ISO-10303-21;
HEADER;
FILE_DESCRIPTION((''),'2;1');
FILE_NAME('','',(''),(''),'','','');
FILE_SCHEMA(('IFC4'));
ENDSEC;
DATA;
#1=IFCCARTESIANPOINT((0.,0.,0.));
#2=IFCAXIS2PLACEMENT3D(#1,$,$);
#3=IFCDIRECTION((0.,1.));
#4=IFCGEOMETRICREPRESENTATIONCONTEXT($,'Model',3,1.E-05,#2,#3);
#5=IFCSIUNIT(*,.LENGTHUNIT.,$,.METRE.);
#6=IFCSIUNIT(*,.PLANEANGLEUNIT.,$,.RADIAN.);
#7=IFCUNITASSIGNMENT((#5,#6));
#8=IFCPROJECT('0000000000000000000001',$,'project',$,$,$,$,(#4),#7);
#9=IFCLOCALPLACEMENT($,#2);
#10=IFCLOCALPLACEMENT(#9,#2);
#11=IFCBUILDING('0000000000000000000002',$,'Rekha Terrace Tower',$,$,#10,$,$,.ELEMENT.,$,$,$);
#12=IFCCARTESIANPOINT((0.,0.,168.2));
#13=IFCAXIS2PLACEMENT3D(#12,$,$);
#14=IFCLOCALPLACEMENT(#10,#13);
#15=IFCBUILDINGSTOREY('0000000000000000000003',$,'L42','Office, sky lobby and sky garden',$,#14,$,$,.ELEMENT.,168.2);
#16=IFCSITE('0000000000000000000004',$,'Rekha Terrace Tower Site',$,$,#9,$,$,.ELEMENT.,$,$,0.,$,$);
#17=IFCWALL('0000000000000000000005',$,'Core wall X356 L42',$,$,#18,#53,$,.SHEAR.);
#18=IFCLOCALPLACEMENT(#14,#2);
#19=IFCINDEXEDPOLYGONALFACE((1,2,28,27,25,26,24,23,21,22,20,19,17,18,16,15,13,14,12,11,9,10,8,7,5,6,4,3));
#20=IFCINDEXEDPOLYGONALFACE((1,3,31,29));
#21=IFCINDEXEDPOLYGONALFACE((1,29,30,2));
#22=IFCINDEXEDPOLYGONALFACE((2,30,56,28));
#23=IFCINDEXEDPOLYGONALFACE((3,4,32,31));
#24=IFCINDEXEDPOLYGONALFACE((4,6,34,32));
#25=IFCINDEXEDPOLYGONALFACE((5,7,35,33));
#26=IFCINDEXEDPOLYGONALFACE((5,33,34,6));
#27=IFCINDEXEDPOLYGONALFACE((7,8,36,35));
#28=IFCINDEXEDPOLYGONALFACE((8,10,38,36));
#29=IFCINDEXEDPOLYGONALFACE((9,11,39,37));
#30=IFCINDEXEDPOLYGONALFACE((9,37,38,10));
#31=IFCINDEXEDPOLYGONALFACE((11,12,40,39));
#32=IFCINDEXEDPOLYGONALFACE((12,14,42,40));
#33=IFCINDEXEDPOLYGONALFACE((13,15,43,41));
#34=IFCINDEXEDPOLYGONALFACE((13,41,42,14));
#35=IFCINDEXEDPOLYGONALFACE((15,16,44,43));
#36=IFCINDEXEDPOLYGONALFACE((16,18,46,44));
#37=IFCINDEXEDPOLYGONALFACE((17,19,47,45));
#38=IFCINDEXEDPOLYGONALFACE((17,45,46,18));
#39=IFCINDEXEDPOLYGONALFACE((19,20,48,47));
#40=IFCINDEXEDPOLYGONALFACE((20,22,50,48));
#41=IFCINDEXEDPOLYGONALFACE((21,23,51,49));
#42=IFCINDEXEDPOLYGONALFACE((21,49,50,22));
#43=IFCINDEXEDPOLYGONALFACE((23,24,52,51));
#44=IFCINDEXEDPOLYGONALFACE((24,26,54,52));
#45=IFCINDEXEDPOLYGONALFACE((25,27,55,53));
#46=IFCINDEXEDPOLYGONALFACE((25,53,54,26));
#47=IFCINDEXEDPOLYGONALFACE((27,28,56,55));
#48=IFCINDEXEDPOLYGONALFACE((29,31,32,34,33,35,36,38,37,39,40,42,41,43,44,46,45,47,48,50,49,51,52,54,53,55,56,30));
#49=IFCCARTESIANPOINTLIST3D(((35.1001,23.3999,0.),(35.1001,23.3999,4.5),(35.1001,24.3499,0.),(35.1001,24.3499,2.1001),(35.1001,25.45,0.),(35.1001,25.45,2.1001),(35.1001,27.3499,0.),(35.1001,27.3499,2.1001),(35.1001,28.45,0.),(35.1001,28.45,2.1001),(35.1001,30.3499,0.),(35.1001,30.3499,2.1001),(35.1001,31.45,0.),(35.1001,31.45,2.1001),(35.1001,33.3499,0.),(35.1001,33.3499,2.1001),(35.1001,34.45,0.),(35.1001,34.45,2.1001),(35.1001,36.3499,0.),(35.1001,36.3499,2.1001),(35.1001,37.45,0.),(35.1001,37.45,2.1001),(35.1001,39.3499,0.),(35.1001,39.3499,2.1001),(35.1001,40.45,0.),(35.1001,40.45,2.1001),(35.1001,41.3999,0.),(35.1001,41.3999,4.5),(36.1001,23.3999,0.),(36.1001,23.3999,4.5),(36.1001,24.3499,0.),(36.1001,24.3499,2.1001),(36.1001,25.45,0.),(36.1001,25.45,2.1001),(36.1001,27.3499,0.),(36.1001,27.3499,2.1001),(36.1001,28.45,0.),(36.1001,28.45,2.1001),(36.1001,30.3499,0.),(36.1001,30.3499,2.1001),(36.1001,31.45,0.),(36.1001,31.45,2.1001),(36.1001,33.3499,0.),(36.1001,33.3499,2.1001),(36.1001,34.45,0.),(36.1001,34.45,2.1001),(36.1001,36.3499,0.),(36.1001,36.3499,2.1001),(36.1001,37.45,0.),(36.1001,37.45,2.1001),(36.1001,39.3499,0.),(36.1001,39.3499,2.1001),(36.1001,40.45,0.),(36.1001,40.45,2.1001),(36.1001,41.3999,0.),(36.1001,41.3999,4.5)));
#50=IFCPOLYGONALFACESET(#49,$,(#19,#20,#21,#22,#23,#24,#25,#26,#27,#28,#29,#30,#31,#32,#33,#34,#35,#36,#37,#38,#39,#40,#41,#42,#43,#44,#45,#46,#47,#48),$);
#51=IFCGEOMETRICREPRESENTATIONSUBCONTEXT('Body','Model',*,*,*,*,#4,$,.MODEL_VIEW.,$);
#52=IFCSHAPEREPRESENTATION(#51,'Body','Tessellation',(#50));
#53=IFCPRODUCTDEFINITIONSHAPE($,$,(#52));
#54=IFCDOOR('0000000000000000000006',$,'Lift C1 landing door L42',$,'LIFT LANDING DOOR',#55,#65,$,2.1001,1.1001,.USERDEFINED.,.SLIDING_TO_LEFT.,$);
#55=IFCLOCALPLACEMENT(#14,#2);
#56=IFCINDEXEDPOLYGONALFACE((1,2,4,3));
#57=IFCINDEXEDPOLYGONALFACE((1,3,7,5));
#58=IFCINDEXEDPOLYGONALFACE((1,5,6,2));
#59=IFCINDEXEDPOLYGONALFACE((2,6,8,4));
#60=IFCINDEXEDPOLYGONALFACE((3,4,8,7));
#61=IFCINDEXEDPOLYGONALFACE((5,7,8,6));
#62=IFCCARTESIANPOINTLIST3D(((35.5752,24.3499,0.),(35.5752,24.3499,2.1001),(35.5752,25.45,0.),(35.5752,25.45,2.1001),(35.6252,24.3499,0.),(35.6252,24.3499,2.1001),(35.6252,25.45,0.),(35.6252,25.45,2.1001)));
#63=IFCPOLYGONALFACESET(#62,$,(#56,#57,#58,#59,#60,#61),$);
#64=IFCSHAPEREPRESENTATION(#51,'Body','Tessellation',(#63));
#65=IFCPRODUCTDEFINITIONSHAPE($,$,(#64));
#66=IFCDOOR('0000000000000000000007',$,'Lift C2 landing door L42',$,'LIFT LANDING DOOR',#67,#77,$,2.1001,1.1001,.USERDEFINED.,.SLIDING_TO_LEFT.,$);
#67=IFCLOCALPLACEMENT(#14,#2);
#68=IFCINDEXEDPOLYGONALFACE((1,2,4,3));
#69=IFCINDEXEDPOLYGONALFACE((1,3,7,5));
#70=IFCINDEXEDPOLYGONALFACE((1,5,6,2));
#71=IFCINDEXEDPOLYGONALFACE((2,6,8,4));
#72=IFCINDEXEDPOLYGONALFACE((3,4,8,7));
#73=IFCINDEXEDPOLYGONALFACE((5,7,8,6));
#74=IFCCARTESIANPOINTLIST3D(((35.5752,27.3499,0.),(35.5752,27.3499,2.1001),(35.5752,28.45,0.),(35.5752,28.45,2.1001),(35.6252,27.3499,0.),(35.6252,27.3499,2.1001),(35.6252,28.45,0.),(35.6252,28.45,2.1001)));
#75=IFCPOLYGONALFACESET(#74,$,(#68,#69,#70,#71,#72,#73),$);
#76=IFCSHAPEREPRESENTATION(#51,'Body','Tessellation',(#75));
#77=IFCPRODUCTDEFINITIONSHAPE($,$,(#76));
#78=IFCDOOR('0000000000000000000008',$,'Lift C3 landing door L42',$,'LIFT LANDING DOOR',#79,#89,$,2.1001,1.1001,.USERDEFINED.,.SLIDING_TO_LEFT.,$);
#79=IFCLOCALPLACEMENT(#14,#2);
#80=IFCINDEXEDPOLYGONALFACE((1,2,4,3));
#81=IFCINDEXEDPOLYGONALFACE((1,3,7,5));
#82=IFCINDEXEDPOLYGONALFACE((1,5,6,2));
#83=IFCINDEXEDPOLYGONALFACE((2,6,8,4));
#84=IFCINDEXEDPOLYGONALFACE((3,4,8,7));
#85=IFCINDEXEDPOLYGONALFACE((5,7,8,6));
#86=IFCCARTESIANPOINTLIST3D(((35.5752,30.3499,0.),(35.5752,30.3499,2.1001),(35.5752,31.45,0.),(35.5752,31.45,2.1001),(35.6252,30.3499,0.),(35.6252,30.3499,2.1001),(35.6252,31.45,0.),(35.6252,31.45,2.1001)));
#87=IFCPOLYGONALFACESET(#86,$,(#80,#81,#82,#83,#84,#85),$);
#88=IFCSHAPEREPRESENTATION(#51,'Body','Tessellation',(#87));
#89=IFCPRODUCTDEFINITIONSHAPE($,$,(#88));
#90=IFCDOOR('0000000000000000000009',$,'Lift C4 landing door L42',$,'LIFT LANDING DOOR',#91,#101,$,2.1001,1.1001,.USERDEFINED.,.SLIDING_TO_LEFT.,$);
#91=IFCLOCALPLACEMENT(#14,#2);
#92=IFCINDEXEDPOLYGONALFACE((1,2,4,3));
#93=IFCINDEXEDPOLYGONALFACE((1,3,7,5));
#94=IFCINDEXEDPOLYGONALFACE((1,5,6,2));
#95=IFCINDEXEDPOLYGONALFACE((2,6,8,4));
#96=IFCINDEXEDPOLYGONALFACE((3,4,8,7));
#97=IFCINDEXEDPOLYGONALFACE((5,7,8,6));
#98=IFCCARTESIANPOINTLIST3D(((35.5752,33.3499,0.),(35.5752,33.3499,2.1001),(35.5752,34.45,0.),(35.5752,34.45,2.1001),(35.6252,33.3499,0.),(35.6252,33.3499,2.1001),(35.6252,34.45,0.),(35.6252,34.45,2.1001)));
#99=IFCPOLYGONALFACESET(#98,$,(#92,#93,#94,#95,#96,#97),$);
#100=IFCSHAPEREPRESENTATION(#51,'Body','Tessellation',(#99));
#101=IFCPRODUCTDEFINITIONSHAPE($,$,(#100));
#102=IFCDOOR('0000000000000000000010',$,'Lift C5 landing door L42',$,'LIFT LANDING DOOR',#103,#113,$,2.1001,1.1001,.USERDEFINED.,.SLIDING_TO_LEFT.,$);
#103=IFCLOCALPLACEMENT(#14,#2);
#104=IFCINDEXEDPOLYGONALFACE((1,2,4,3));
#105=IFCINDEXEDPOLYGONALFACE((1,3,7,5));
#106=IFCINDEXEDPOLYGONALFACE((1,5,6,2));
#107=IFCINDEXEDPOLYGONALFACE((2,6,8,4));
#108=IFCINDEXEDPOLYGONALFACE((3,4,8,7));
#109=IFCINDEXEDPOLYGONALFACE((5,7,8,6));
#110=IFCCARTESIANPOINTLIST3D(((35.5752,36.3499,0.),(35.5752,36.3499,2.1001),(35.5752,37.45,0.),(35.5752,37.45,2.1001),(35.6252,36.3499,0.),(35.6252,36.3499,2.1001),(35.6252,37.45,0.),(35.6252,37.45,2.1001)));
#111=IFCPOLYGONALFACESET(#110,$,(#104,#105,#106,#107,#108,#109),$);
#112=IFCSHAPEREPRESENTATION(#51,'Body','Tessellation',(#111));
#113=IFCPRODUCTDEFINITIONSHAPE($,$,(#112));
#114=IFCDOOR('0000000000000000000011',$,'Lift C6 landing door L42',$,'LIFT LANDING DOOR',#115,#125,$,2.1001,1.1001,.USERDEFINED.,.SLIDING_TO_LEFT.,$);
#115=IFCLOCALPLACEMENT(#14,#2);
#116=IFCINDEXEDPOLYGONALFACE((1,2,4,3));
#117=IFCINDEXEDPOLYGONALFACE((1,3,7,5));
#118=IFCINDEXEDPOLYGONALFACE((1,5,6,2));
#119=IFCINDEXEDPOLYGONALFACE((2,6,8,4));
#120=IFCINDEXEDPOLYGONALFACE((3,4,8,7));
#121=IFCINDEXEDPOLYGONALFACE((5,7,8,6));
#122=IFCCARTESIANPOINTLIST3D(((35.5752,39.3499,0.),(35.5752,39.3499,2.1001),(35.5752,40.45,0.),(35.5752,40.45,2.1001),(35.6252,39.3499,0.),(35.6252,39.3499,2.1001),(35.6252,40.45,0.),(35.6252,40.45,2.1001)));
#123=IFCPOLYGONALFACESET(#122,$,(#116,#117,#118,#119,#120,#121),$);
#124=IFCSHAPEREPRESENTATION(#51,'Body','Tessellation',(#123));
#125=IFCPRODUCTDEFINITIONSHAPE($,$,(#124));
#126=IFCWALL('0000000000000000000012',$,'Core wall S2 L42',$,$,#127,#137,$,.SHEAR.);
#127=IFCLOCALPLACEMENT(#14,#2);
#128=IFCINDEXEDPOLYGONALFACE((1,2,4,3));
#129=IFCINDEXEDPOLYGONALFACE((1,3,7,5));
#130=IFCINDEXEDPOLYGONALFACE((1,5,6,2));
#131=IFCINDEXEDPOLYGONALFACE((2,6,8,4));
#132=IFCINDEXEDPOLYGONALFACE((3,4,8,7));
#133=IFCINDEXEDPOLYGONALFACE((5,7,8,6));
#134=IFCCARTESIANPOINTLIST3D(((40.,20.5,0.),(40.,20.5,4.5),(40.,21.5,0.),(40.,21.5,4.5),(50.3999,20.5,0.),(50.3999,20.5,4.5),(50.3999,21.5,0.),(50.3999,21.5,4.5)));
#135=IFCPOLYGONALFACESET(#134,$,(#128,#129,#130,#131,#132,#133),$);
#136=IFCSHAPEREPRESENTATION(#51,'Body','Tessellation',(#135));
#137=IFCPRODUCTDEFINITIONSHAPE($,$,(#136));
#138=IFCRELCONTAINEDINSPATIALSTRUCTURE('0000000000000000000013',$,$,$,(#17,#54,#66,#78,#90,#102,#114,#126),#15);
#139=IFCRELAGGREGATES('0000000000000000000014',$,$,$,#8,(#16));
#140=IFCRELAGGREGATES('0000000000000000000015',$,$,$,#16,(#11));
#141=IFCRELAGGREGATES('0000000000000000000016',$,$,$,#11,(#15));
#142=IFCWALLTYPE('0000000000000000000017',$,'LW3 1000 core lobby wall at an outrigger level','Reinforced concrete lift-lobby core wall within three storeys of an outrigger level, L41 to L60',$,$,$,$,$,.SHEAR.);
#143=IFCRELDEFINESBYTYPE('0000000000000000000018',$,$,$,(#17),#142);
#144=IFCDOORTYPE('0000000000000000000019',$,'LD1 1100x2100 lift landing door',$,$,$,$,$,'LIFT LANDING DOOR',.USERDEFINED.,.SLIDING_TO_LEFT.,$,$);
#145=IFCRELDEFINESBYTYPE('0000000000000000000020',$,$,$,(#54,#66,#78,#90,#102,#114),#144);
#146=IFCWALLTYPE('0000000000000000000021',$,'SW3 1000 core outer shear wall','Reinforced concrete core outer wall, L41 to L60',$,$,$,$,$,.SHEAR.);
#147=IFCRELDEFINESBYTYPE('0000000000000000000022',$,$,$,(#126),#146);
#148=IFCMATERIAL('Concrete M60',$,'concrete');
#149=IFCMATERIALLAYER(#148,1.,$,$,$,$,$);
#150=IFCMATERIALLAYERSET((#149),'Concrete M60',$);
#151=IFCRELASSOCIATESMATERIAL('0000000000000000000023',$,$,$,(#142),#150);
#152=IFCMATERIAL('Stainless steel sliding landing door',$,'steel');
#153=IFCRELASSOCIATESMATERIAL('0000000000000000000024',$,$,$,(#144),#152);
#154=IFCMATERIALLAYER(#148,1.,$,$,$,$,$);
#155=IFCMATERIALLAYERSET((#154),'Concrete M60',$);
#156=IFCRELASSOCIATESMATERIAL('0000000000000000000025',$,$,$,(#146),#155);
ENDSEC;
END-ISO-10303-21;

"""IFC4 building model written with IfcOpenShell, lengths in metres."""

from ifc_helpers import new_model, si_unit, direction, frame, frame_2d, origin, place, context, subcontext, project, spatial, rectangle, extrude, material, layer, layer_set, type_object, element, fill, save


model = new_model("IFC4")

# Units and contexts
model_context = context("Model", 3, precision=1e-05, world=origin(), true_north=direction((0.0, 1.0)))
body_context = subcontext(model_context, "Body", "Model", "MODEL_VIEW")
ifc_project = project(units=[si_unit("LENGTHUNIT", "METRE"), si_unit("PLANEANGLEUNIT", "RADIAN")], contexts=[model_context])

# Site, building, storey
site_placement = place(None, origin())
site = spatial("IfcSite", under=ifc_project, at=site_placement, Name="Rekha Terrace Tower Site", CompositionType="ELEMENT", RefElevation=0.0)
building_placement = place(site_placement, origin())
building = spatial("IfcBuilding", under=site, at=building_placement, Name="Rekha Terrace Tower", CompositionType="ELEMENT")
storey_placement = place(building_placement, frame((0.0, 0.0, 168.2)))
storey = spatial("IfcBuildingStorey", under=building, at=storey_placement, Name="L42", Description="Office, sky lobby and sky garden", CompositionType="ELEMENT", Elevation=168.2)

# Shared definitions
ifc_material_1 = material(Name="Concrete M60", Category="concrete")

# Wall, openings, doors
ifc_layer_1 = layer(ifc_material_1, 1.0)
ifc_layer_set_1 = layer_set([ifc_layer_1], Name="Concrete M60")
wall_type_1 = type_object("IfcWallType", Name="LW3 1000 core lobby wall at an outrigger level", Description="Reinforced concrete lift-lobby core wall within three storeys of an outrigger level, L41 to L60", PredefinedType="SHEAR", material=ifc_layer_set_1)
wall_1_placement = place(storey_placement, frame((35.6001, 23.3999, 0.0), z_axis=(0.0, 0.0, 1.0), x_axis=(0.0, 1.0, 0.0)))
wall_1 = element("IfcWall", 1, at=wall_1_placement, inside=storey, type_object=wall_type_1, Name="Core wall X356 L42", PredefinedType="SHEAR", context=body_context, shape_type="SweptSolid", body=[
    extrude(rectangle(XDim=18.0, YDim=1.0, at=frame_2d((9.0, 0.0))), origin(), (0.0, 0.0, 1.0), 4.5),
])
opening_1_placement = place(wall_1_placement, frame((0.95, 0.0, 0.0)))
opening_1 = element("IfcOpeningElement", 2, at=opening_1_placement, cuts=wall_1, PredefinedType="OPENING", context=body_context, shape_type="SweptSolid", body=[
    extrude(rectangle(XDim=1.1001, YDim=2.1001, at=frame_2d((0.55, 1.05))), frame((0.0, 0.51, 0.0), z_axis=(0.0, -1.0, 0.0), x_axis=(1.0, 0.0, 0.0)), (0.0, 0.0, 1.0), 1.02),
])
opening_2_placement = place(wall_1_placement, frame((3.95, 0.0, 0.0)))
opening_2 = element("IfcOpeningElement", 3, at=opening_2_placement, cuts=wall_1, PredefinedType="OPENING", context=body_context, shape_type="SweptSolid", body=[
    extrude(rectangle(XDim=1.1001, YDim=2.1001, at=frame_2d((0.55, 1.05))), frame((0.0, 0.51, 0.0), z_axis=(0.0, -1.0, 0.0), x_axis=(1.0, 0.0, 0.0)), (0.0, 0.0, 1.0), 1.02),
])
opening_3_placement = place(wall_1_placement, frame((6.95, 0.0, 0.0)))
opening_3 = element("IfcOpeningElement", 4, at=opening_3_placement, cuts=wall_1, PredefinedType="OPENING", context=body_context, shape_type="SweptSolid", body=[
    extrude(rectangle(XDim=1.1001, YDim=2.1001, at=frame_2d((0.55, 1.05))), frame((0.0, 0.51, 0.0), z_axis=(0.0, -1.0, 0.0), x_axis=(1.0, 0.0, 0.0)), (0.0, 0.0, 1.0), 1.02),
])
opening_4_placement = place(wall_1_placement, frame((9.95, 0.0, 0.0)))
opening_4 = element("IfcOpeningElement", 5, at=opening_4_placement, cuts=wall_1, PredefinedType="OPENING", context=body_context, shape_type="SweptSolid", body=[
    extrude(rectangle(XDim=1.1001, YDim=2.1001, at=frame_2d((0.55, 1.05))), frame((0.0, 0.51, 0.0), z_axis=(0.0, -1.0, 0.0), x_axis=(1.0, 0.0, 0.0)), (0.0, 0.0, 1.0), 1.02),
])
opening_5_placement = place(wall_1_placement, frame((12.95, 0.0, 0.0)))
opening_5 = element("IfcOpeningElement", 6, at=opening_5_placement, cuts=wall_1, PredefinedType="OPENING", context=body_context, shape_type="SweptSolid", body=[
    extrude(rectangle(XDim=1.1001, YDim=2.1001, at=frame_2d((0.55, 1.05))), frame((0.0, 0.51, 0.0), z_axis=(0.0, -1.0, 0.0), x_axis=(1.0, 0.0, 0.0)), (0.0, 0.0, 1.0), 1.02),
])
opening_6_placement = place(wall_1_placement, frame((15.95, 0.0, 0.0)))
opening_6 = element("IfcOpeningElement", 7, at=opening_6_placement, cuts=wall_1, PredefinedType="OPENING", context=body_context, shape_type="SweptSolid", body=[
    extrude(rectangle(XDim=1.1001, YDim=2.1001, at=frame_2d((0.55, 1.05))), frame((0.0, 0.51, 0.0), z_axis=(0.0, -1.0, 0.0), x_axis=(1.0, 0.0, 0.0)), (0.0, 0.0, 1.0), 1.02),
])
ifc_material_2 = material(Name="Stainless steel sliding landing door", Category="steel")
door_type_1 = type_object("IfcDoorType", Name="LD1 1100x2100 lift landing door", ElementType="LIFT LANDING DOOR", OperationType="SLIDING_TO_LEFT", PredefinedType="USERDEFINED", material=ifc_material_2)
door_1_placement = place(opening_1_placement, origin())
door_1 = element("IfcDoor", 8, at=door_1_placement, inside=storey, type_object=door_type_1, Name="Lift C1 landing door L42", ObjectType="LIFT LANDING DOOR", OperationType="SLIDING_TO_LEFT", OverallHeight=2.1001, OverallWidth=1.1001, PredefinedType="USERDEFINED", context=body_context, shape_type="SweptSolid", body=[
    extrude(rectangle(XDim=1.1001, YDim=2.1001, at=frame_2d((0.55, 1.05))), frame((0.0, 0.0249, 0.0), z_axis=(0.0, -1.0, 0.0), x_axis=(1.0, 0.0, 0.0)), (0.0, 0.0, 1.0), 0.05),
])
fill(opening_1, door_1)
door_2_placement = place(opening_2_placement, origin())
door_2 = element("IfcDoor", 9, at=door_2_placement, inside=storey, type_object=door_type_1, Name="Lift C2 landing door L42", ObjectType="LIFT LANDING DOOR", OperationType="SLIDING_TO_LEFT", OverallHeight=2.1001, OverallWidth=1.1001, PredefinedType="USERDEFINED", context=body_context, shape_type="SweptSolid", body=[
    extrude(rectangle(XDim=1.1001, YDim=2.1001, at=frame_2d((0.55, 1.05))), frame((0.0, 0.0249, 0.0), z_axis=(0.0, -1.0, 0.0), x_axis=(1.0, 0.0, 0.0)), (0.0, 0.0, 1.0), 0.05),
])
fill(opening_2, door_2)
door_3_placement = place(opening_3_placement, origin())
door_3 = element("IfcDoor", 10, at=door_3_placement, inside=storey, type_object=door_type_1, Name="Lift C3 landing door L42", ObjectType="LIFT LANDING DOOR", OperationType="SLIDING_TO_LEFT", OverallHeight=2.1001, OverallWidth=1.1001, PredefinedType="USERDEFINED", context=body_context, shape_type="SweptSolid", body=[
    extrude(rectangle(XDim=1.1001, YDim=2.1001, at=frame_2d((0.55, 1.05))), frame((0.0, 0.0249, 0.0), z_axis=(0.0, -1.0, 0.0), x_axis=(1.0, 0.0, 0.0)), (0.0, 0.0, 1.0), 0.05),
])
fill(opening_3, door_3)
door_4_placement = place(opening_4_placement, origin())
door_4 = element("IfcDoor", 11, at=door_4_placement, inside=storey, type_object=door_type_1, Name="Lift C4 landing door L42", ObjectType="LIFT LANDING DOOR", OperationType="SLIDING_TO_LEFT", OverallHeight=2.1001, OverallWidth=1.1001, PredefinedType="USERDEFINED", context=body_context, shape_type="SweptSolid", body=[
    extrude(rectangle(XDim=1.1001, YDim=2.1001, at=frame_2d((0.55, 1.05))), frame((0.0, 0.0249, 0.0), z_axis=(0.0, -1.0, 0.0), x_axis=(1.0, 0.0, 0.0)), (0.0, 0.0, 1.0), 0.05),
])
fill(opening_4, door_4)
door_5_placement = place(opening_5_placement, origin())
door_5 = element("IfcDoor", 12, at=door_5_placement, inside=storey, type_object=door_type_1, Name="Lift C5 landing door L42", ObjectType="LIFT LANDING DOOR", OperationType="SLIDING_TO_LEFT", OverallHeight=2.1001, OverallWidth=1.1001, PredefinedType="USERDEFINED", context=body_context, shape_type="SweptSolid", body=[
    extrude(rectangle(XDim=1.1001, YDim=2.1001, at=frame_2d((0.55, 1.05))), frame((0.0, 0.0249, 0.0), z_axis=(0.0, -1.0, 0.0), x_axis=(1.0, 0.0, 0.0)), (0.0, 0.0, 1.0), 0.05),
])
fill(opening_5, door_5)
door_6_placement = place(opening_6_placement, origin())
door_6 = element("IfcDoor", 13, at=door_6_placement, inside=storey, type_object=door_type_1, Name="Lift C6 landing door L42", ObjectType="LIFT LANDING DOOR", OperationType="SLIDING_TO_LEFT", OverallHeight=2.1001, OverallWidth=1.1001, PredefinedType="USERDEFINED", context=body_context, shape_type="SweptSolid", body=[
    extrude(rectangle(XDim=1.1001, YDim=2.1001, at=frame_2d((0.55, 1.05))), frame((0.0, 0.0249, 0.0), z_axis=(0.0, -1.0, 0.0), x_axis=(1.0, 0.0, 0.0)), (0.0, 0.0, 1.0), 0.05),
])
fill(opening_6, door_6)

# Wall
ifc_layer_2 = layer(ifc_material_1, 1.0)
ifc_layer_set_2 = layer_set([ifc_layer_2], Name="Concrete M60")
wall_type_2 = type_object("IfcWallType", Name="SW3 1000 core outer shear wall", Description="Reinforced concrete core outer wall, L41 to L60", PredefinedType="SHEAR", material=ifc_layer_set_2)
wall_2_placement = place(storey_placement, frame((40.0, 21.0, 0.0), z_axis=(0.0, 0.0, 1.0), x_axis=(1.0, 0.0, 0.0)))
element("IfcWall", 14, at=wall_2_placement, inside=storey, type_object=wall_type_2, Name="Core wall S2 L42", PredefinedType="SHEAR", context=body_context, shape_type="SweptSolid", body=[
    extrude(rectangle(XDim=10.3999, YDim=1.0, at=frame_2d((5.2, 0.0))), origin(), (0.0, 0.0, 1.0), 4.5),
])

save(model, "model.ifc")
